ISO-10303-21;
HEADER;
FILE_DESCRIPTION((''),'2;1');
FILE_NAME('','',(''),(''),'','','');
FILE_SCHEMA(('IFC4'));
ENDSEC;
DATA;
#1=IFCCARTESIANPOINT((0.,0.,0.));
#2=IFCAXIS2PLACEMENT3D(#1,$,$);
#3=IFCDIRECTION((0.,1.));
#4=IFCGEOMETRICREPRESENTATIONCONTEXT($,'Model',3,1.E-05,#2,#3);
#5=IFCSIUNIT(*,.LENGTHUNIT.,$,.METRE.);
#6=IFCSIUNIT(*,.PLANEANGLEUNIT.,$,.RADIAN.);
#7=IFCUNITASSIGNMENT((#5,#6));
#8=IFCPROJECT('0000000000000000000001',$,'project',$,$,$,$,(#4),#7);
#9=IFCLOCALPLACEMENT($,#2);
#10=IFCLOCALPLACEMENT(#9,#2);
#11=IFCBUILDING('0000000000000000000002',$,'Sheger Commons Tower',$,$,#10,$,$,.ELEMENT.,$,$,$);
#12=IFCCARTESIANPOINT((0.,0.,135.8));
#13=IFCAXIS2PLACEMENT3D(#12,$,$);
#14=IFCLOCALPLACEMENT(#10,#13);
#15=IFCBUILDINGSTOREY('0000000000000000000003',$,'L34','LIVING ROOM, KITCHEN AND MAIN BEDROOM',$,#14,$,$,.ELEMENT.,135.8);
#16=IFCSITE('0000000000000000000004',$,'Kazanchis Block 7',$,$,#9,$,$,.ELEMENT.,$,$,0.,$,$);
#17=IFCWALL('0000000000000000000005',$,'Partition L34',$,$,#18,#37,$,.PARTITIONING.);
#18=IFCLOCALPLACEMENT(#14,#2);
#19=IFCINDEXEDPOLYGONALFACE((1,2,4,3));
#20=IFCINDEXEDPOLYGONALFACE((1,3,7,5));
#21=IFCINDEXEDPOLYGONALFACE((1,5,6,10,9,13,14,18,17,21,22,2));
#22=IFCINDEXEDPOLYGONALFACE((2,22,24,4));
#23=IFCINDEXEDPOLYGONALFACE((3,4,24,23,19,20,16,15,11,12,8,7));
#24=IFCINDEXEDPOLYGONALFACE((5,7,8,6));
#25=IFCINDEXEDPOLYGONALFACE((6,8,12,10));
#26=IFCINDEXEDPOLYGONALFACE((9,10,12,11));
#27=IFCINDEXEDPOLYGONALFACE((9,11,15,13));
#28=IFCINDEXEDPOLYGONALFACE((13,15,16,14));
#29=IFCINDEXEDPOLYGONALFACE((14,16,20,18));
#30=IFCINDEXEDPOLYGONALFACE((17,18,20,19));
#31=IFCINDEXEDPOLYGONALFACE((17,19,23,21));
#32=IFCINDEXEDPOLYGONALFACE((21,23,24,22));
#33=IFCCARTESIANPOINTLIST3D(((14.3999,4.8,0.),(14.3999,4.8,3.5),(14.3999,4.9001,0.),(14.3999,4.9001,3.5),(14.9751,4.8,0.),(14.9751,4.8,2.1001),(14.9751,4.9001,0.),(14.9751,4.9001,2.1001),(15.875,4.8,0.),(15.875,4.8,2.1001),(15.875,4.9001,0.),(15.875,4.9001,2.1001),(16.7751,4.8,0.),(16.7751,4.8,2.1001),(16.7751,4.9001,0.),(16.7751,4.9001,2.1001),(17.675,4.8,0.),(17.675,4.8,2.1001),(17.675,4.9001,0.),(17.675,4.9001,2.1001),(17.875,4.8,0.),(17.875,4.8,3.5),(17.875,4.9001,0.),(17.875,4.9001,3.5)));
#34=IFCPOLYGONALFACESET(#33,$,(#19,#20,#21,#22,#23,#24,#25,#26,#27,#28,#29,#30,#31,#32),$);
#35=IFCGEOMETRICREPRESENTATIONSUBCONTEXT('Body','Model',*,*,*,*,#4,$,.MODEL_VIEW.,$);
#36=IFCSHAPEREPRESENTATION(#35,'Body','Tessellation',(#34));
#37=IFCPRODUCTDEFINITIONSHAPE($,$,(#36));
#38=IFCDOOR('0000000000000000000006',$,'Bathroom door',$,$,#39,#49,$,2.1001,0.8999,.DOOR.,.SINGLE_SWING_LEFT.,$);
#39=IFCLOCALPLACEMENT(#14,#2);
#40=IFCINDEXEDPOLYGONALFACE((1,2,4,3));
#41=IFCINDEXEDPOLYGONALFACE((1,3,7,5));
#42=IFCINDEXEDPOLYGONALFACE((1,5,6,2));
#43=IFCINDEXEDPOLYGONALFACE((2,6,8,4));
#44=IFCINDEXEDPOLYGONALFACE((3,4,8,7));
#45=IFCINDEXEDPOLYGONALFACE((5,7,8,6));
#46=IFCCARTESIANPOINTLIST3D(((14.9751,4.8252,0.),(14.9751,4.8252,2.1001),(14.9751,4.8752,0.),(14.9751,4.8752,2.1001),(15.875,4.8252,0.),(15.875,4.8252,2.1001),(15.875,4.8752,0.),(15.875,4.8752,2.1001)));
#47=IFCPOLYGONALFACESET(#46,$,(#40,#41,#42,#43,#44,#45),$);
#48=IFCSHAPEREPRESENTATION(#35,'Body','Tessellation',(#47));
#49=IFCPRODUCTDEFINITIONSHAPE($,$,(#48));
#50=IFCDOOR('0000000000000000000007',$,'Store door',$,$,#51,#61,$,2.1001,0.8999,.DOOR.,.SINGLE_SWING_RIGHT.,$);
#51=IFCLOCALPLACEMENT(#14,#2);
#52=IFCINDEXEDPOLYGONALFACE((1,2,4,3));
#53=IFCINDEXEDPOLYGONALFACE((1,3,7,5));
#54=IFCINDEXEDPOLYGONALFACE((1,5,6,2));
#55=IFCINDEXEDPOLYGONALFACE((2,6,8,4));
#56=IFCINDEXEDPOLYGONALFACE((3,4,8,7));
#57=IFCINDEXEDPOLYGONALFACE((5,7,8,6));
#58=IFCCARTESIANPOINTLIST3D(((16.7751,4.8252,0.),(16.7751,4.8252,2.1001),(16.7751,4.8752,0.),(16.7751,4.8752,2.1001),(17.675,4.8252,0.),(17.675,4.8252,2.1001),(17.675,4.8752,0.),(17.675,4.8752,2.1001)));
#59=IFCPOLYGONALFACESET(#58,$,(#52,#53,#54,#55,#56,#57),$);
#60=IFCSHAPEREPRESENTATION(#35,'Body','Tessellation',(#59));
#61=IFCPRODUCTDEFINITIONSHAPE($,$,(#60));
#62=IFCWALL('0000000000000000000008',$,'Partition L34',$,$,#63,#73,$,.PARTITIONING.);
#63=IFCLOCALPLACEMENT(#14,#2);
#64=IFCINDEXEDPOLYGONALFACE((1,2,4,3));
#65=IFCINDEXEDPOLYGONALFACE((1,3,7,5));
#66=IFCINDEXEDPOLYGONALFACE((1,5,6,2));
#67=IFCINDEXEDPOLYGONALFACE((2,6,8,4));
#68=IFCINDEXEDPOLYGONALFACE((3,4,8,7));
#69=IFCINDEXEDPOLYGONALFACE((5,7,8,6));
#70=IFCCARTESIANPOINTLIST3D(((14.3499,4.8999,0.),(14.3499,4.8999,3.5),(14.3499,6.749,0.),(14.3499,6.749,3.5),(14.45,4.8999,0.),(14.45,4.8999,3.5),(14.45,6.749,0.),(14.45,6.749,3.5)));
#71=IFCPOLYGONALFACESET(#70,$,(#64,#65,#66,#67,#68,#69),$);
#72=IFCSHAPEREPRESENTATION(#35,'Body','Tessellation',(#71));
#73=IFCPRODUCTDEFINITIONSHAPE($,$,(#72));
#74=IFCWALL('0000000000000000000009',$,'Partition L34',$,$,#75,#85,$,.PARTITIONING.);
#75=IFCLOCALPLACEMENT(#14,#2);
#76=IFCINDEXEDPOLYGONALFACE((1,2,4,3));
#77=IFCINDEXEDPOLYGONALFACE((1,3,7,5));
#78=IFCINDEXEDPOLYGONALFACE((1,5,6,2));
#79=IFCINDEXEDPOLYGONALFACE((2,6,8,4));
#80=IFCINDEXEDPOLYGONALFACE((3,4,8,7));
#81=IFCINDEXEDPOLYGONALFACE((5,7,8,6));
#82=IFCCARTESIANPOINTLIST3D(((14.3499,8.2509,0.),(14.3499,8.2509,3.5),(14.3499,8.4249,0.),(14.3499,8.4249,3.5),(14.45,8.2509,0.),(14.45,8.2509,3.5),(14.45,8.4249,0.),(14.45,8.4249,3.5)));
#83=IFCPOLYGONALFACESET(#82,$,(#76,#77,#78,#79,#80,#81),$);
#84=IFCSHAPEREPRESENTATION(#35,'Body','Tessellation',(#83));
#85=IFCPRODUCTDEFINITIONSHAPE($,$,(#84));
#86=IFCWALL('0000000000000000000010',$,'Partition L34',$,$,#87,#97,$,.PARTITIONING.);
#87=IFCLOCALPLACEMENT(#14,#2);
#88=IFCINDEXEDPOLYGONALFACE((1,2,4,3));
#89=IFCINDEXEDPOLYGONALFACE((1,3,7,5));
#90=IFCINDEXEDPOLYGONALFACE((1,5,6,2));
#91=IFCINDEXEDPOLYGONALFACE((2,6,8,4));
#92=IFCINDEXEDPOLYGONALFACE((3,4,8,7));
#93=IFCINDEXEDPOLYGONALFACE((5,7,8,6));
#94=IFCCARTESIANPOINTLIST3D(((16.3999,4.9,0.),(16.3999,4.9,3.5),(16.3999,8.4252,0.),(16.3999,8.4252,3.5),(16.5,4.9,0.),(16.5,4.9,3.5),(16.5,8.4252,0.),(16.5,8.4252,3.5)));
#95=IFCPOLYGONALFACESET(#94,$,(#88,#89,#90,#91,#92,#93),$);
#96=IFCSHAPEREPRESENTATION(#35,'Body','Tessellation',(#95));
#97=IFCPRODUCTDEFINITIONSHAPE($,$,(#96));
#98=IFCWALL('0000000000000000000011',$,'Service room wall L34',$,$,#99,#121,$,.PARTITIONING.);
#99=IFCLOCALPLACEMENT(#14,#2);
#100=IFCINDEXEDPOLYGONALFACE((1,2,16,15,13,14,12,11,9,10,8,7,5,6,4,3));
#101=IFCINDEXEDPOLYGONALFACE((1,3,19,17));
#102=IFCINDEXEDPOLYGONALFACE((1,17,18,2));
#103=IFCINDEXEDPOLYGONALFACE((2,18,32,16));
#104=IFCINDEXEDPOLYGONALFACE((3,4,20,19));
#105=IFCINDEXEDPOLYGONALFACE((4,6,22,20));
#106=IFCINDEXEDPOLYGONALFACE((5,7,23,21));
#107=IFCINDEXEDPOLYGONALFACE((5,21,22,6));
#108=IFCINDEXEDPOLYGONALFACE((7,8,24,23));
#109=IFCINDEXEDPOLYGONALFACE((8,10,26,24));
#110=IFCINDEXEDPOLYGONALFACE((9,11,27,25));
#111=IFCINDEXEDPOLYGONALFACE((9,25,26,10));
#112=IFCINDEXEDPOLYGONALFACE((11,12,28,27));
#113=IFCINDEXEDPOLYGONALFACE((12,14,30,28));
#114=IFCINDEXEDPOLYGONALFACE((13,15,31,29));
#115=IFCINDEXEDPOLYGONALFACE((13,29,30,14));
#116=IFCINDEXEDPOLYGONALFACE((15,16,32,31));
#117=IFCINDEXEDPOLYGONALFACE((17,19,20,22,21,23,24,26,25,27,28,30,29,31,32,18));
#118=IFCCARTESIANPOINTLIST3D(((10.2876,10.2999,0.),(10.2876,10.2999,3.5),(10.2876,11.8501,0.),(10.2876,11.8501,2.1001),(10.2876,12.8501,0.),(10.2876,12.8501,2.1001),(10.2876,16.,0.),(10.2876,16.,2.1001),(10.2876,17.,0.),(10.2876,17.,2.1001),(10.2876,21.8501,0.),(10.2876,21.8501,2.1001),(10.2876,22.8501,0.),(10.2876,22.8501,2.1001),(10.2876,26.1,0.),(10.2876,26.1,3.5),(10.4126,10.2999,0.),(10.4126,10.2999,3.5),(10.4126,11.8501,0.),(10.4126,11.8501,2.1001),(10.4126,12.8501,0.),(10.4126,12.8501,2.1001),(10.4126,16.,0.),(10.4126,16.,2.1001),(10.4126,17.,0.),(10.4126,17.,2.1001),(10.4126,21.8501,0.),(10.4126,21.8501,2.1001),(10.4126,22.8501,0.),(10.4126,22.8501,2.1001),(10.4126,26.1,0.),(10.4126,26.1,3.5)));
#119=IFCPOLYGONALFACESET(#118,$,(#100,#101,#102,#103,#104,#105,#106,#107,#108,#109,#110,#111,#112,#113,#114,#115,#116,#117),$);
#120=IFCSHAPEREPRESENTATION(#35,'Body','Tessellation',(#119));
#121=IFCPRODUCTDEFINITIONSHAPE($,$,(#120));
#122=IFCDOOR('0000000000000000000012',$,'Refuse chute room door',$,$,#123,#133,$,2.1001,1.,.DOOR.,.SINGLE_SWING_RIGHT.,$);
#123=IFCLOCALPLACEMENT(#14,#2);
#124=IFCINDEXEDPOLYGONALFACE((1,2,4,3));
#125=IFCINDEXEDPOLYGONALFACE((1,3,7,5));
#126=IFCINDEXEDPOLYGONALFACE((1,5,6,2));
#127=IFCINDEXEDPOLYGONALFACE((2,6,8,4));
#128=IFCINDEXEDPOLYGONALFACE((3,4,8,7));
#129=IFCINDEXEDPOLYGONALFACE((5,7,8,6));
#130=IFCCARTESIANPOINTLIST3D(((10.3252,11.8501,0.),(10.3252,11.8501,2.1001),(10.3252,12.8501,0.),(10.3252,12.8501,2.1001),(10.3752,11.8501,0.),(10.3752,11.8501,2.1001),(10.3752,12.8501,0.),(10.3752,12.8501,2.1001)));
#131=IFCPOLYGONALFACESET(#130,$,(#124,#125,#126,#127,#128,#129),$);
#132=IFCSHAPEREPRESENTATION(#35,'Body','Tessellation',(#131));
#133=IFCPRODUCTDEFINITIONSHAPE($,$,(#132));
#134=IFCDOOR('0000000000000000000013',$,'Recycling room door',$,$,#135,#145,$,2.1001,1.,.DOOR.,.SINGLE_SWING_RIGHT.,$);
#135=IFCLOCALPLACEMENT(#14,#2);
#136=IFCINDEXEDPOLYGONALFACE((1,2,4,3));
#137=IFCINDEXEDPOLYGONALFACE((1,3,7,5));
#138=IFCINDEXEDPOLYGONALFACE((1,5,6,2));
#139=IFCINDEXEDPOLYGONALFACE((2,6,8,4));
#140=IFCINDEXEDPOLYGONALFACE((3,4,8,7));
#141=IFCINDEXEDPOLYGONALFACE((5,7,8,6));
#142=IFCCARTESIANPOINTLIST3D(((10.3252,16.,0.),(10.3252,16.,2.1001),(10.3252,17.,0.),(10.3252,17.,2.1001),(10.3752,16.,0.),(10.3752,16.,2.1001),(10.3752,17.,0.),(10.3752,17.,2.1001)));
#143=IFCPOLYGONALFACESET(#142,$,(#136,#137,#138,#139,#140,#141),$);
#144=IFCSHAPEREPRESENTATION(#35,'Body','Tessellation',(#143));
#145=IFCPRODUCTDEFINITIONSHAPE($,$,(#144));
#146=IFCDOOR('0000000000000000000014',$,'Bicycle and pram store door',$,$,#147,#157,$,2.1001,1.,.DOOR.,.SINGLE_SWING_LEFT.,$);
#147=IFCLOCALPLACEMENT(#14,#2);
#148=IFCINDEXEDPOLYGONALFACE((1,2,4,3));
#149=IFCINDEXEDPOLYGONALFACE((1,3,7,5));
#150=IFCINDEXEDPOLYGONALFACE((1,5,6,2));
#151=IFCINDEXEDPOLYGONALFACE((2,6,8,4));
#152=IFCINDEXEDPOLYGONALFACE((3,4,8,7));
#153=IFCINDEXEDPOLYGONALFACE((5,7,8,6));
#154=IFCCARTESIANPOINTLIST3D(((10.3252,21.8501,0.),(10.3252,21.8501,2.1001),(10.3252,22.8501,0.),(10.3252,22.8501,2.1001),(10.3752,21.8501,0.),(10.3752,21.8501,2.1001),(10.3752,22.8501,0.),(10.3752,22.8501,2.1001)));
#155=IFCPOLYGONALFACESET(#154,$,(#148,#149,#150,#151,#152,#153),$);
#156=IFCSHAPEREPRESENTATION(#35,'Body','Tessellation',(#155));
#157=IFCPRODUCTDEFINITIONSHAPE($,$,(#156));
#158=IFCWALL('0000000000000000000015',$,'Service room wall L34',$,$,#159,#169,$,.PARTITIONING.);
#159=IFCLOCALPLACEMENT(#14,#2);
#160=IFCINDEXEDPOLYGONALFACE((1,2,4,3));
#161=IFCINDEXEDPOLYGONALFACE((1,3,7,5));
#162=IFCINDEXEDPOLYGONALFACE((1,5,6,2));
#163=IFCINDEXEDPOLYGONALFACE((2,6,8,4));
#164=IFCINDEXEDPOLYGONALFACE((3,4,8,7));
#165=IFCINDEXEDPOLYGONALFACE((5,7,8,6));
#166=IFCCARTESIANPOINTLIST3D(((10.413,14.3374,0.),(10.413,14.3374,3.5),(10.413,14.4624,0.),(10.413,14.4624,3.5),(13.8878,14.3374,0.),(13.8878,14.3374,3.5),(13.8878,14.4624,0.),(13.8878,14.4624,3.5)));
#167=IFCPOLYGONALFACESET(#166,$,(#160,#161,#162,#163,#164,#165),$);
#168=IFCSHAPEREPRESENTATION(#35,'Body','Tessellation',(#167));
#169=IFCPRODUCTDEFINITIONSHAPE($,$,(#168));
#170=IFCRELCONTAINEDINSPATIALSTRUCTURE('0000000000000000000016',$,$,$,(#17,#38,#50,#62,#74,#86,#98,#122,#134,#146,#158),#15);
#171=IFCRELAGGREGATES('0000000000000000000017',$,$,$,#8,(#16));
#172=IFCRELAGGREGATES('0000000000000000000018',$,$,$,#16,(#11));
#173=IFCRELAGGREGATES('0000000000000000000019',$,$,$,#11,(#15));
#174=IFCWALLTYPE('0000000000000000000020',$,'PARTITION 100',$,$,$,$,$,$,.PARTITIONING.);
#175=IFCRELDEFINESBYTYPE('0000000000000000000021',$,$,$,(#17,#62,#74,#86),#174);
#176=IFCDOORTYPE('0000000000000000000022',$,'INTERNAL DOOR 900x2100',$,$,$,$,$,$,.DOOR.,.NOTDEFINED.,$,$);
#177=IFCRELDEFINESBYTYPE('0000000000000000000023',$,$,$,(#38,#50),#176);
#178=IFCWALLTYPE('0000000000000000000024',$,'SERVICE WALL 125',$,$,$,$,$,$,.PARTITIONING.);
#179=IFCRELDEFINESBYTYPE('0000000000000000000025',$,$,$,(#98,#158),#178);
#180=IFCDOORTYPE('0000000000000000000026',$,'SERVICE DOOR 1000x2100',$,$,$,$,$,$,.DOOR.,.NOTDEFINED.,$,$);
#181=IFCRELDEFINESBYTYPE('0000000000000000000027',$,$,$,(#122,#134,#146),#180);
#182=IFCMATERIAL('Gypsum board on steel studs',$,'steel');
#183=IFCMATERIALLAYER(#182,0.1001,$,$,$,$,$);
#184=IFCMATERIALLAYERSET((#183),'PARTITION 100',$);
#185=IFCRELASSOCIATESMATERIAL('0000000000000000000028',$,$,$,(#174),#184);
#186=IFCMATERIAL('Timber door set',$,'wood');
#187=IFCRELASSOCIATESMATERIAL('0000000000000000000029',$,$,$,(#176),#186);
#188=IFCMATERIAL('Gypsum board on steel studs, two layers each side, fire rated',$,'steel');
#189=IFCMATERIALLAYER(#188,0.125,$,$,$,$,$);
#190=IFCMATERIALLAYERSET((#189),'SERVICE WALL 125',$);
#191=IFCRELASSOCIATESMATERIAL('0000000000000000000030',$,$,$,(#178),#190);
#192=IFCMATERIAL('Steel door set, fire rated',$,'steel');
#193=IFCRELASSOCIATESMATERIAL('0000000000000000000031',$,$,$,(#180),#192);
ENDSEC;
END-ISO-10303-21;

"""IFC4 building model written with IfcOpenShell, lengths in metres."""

from ifc_helpers import new_model, si_unit, direction, frame, frame_2d, origin, place, context, subcontext, project, spatial, rectangle, extrude, material, layer, layer_set, type_object, element, fill, save


model = new_model("IFC4")

# Units and contexts
model_context = context("Model", 3, precision=1e-05, world=origin(), true_north=direction((0.0, 1.0)))
body_context = subcontext(model_context, "Body", "Model", "MODEL_VIEW")
ifc_project = project(units=[si_unit("LENGTHUNIT", "METRE"), si_unit("PLANEANGLEUNIT", "RADIAN")], contexts=[model_context])

# Site, building, storey
site_placement = place(None, origin())
site = spatial("IfcSite", under=ifc_project, at=site_placement, Name="Kazanchis Block 7", CompositionType="ELEMENT", RefElevation=0.0)
building_placement = place(site_placement, origin())
building = spatial("IfcBuilding", under=site, at=building_placement, Name="Sheger Commons Tower", CompositionType="ELEMENT")
storey_placement = place(building_placement, frame((0.0, 0.0, 135.8)))
storey = spatial("IfcBuildingStorey", under=building, at=storey_placement, Name="L34", Description="LIVING ROOM, KITCHEN AND MAIN BEDROOM", CompositionType="ELEMENT", Elevation=135.8)

# Shared definitions
ifc_material_1 = material(Name="Gypsum board on steel studs", Category="steel")
ifc_layer_1 = layer(ifc_material_1, 0.1001)
ifc_layer_set_1 = layer_set([ifc_layer_1], Name="PARTITION 100")
wall_type_1 = type_object("IfcWallType", Name="PARTITION 100", PredefinedType="PARTITIONING", material=ifc_layer_set_1)

# Shared definitions
ifc_material_2 = material(Name="Timber door set", Category="wood")
door_type_1 = type_object("IfcDoorType", Name="INTERNAL DOOR 900x2100", OperationType="NOTDEFINED", PredefinedType="DOOR", material=ifc_material_2)

# Wall, openings, doors
wall_1_placement = place(storey_placement, frame((17.875, 4.8501, 0.0), z_axis=(0.0, 0.0, 1.0), x_axis=(-1.0, 0.0, 0.0)))
wall_1 = element("IfcWall", 1, at=wall_1_placement, inside=storey, type_object=wall_type_1, Name="Partition L34", PredefinedType="PARTITIONING", context=body_context, shape_type="SweptSolid", body=[
    extrude(rectangle(XDim=3.4751, YDim=0.1001, at=frame_2d((1.7375, 0.0))), origin(), (0.0, 0.0, 1.0), 3.5),
])
opening_1_placement = place(wall_1_placement, frame((2.0, 0.0, 0.0)))
opening_1 = element("IfcOpeningElement", 2, at=opening_1_placement, cuts=wall_1, PredefinedType="OPENING", context=body_context, shape_type="SweptSolid", body=[
    extrude(rectangle(XDim=0.8999, YDim=2.1001, at=frame_2d((0.45, 1.05))), frame((0.0, 0.0601, 0.0), z_axis=(0.0, -1.0, 0.0), x_axis=(1.0, 0.0, 0.0)), (0.0, 0.0, 1.0), 0.1201),
])
opening_2_placement = place(wall_1_placement, frame((0.2, 0.0, 0.0)))
opening_2 = element("IfcOpeningElement", 3, at=opening_2_placement, cuts=wall_1, PredefinedType="OPENING", context=body_context, shape_type="SweptSolid", body=[
    extrude(rectangle(XDim=0.8999, YDim=2.1001, at=frame_2d((0.45, 1.05))), frame((0.0, 0.0601, 0.0), z_axis=(0.0, -1.0, 0.0), x_axis=(1.0, 0.0, 0.0)), (0.0, 0.0, 1.0), 0.1201),
])
door_1_placement = place(opening_1_placement, origin())
door_1 = element("IfcDoor", 4, at=door_1_placement, inside=storey, type_object=door_type_1, Name="Bathroom door", OperationType="SINGLE_SWING_LEFT", OverallHeight=2.1001, OverallWidth=0.8999, PredefinedType="DOOR", context=body_context, shape_type="SweptSolid", body=[
    extrude(rectangle(XDim=0.8999, YDim=2.1001, at=frame_2d((0.45, 1.05))), frame((0.0, 0.0249, 0.0), z_axis=(0.0, -1.0, 0.0), x_axis=(1.0, 0.0, 0.0)), (0.0, 0.0, 1.0), 0.05),
])
fill(opening_1, door_1)
door_2_placement = place(opening_2_placement, origin())
door_2 = element("IfcDoor", 5, at=door_2_placement, inside=storey, type_object=door_type_1, Name="Store door", OperationType="SINGLE_SWING_RIGHT", OverallHeight=2.1001, OverallWidth=0.8999, PredefinedType="DOOR", context=body_context, shape_type="SweptSolid", body=[
    extrude(rectangle(XDim=0.8999, YDim=2.1001, at=frame_2d((0.45, 1.05))), frame((0.0, 0.0249, 0.0), z_axis=(0.0, -1.0, 0.0), x_axis=(1.0, 0.0, 0.0)), (0.0, 0.0, 1.0), 0.05),
])
fill(opening_2, door_2)

# Walls
wall_2_placement = place(storey_placement, frame((14.3999, 4.8999, 0.0), z_axis=(0.0, 0.0, 1.0), x_axis=(0.0, 1.0, 0.0)))
element("IfcWall", 6, at=wall_2_placement, inside=storey, type_object=wall_type_1, Name="Partition L34", PredefinedType="PARTITIONING", context=body_context, shape_type="SweptSolid", body=[
    extrude(rectangle(XDim=1.8491, YDim=0.1001, at=frame_2d((0.9246, 0.0))), origin(), (0.0, 0.0, 1.0), 3.5),
])
wall_3_placement = place(storey_placement, frame((14.3999, 8.251, 0.0), z_axis=(0.0, 0.0, 1.0), x_axis=(0.0, 1.0, 0.0)))
element("IfcWall", 7, at=wall_3_placement, inside=storey, type_object=wall_type_1, Name="Partition L34", PredefinedType="PARTITIONING", context=body_context, shape_type="SweptSolid", body=[
    extrude(rectangle(XDim=0.1741, YDim=0.1001, at=frame_2d((0.0869, 0.0))), origin(), (0.0, 0.0, 1.0), 3.5),
])
wall_4_placement = place(storey_placement, frame((16.45, 4.8999, 0.0), z_axis=(0.0, 0.0, 1.0), x_axis=(0.0, 1.0, 0.0)))
element("IfcWall", 8, at=wall_4_placement, inside=storey, type_object=wall_type_1, Name="Partition L34", PredefinedType="PARTITIONING", context=body_context, shape_type="SweptSolid", body=[
    extrude(rectangle(XDim=3.5251, YDim=0.1001, at=frame_2d((1.7627, 0.0))), origin(), (0.0, 0.0, 1.0), 3.5),
])

# Wall, openings, doors
ifc_material_3 = material(Name="Gypsum board on steel studs, two layers each side, fire rated", Category="steel")
ifc_layer_2 = layer(ifc_material_3, 0.125)
ifc_layer_set_2 = layer_set([ifc_layer_2], Name="SERVICE WALL 125")
wall_type_2 = type_object("IfcWallType", Name="SERVICE WALL 125", PredefinedType="PARTITIONING", material=ifc_layer_set_2)
wall_5_placement = place(storey_placement, frame((10.3501, 10.3, 0.0), z_axis=(0.0, 0.0, 1.0), x_axis=(0.0, 1.0, 0.0)))
wall_5 = element("IfcWall", 9, at=wall_5_placement, inside=storey, type_object=wall_type_2, Name="Service room wall L34", PredefinedType="PARTITIONING", context=body_context, shape_type="SweptSolid", body=[
    extrude(rectangle(XDim=15.8, YDim=0.125, at=frame_2d((7.8999, 0.0))), origin(), (0.0, 0.0, 1.0), 3.5),
])
opening_3_placement = place(wall_5_placement, frame((1.55, 0.0, 0.0)))
opening_3 = element("IfcOpeningElement", 10, at=opening_3_placement, cuts=wall_5, PredefinedType="OPENING", context=body_context, shape_type="SweptSolid", body=[
    extrude(rectangle(XDim=1.0, YDim=2.1001, at=frame_2d((0.5, 1.05))), frame((0.0, 0.0725, 0.0), z_axis=(0.0, -1.0, 0.0), x_axis=(1.0, 0.0, 0.0)), (0.0, 0.0, 1.0), 0.145),
])
opening_4_placement = place(wall_5_placement, frame((5.7, 0.0, 0.0)))
opening_4 = element("IfcOpeningElement", 11, at=opening_4_placement, cuts=wall_5, PredefinedType="OPENING", context=body_context, shape_type="SweptSolid", body=[
    extrude(rectangle(XDim=1.0, YDim=2.1001, at=frame_2d((0.5, 1.05))), frame((0.0, 0.0725, 0.0), z_axis=(0.0, -1.0, 0.0), x_axis=(1.0, 0.0, 0.0)), (0.0, 0.0, 1.0), 0.145),
])
opening_5_placement = place(wall_5_placement, frame((11.55, 0.0, 0.0)))
opening_5 = element("IfcOpeningElement", 12, at=opening_5_placement, cuts=wall_5, PredefinedType="OPENING", context=body_context, shape_type="SweptSolid", body=[
    extrude(rectangle(XDim=1.0, YDim=2.1001, at=frame_2d((0.5, 1.05))), frame((0.0, 0.0725, 0.0), z_axis=(0.0, -1.0, 0.0), x_axis=(1.0, 0.0, 0.0)), (0.0, 0.0, 1.0), 0.145),
])
ifc_material_4 = material(Name="Steel door set, fire rated", Category="steel")
door_type_2 = type_object("IfcDoorType", Name="SERVICE DOOR 1000x2100", OperationType="NOTDEFINED", PredefinedType="DOOR", material=ifc_material_4)
door_3_placement = place(opening_3_placement, origin())
door_3 = element("IfcDoor", 13, at=door_3_placement, inside=storey, type_object=door_type_2, Name="Refuse chute room door", OperationType="SINGLE_SWING_RIGHT", OverallHeight=2.1001, OverallWidth=1.0, PredefinedType="DOOR", context=body_context, shape_type="SweptSolid", body=[
    extrude(rectangle(XDim=1.0, YDim=2.1001, at=frame_2d((0.5, 1.05))), frame((0.0, 0.0249, 0.0), z_axis=(0.0, -1.0, 0.0), x_axis=(1.0, 0.0, 0.0)), (0.0, 0.0, 1.0), 0.05),
])
fill(opening_3, door_3)
door_4_placement = place(opening_4_placement, origin())
door_4 = element("IfcDoor", 14, at=door_4_placement, inside=storey, type_object=door_type_2, Name="Recycling room door", OperationType="SINGLE_SWING_RIGHT", OverallHeight=2.1001, OverallWidth=1.0, PredefinedType="DOOR", context=body_context, shape_type="SweptSolid", body=[
    extrude(rectangle(XDim=1.0, YDim=2.1001, at=frame_2d((0.5, 1.05))), frame((0.0, 0.0249, 0.0), z_axis=(0.0, -1.0, 0.0), x_axis=(1.0, 0.0, 0.0)), (0.0, 0.0, 1.0), 0.05),
])
fill(opening_4, door_4)
door_5_placement = place(opening_5_placement, origin())
door_5 = element("IfcDoor", 15, at=door_5_placement, inside=storey, type_object=door_type_2, Name="Bicycle and pram store door", OperationType="SINGLE_SWING_LEFT", OverallHeight=2.1001, OverallWidth=1.0, PredefinedType="DOOR", context=body_context, shape_type="SweptSolid", body=[
    extrude(rectangle(XDim=1.0, YDim=2.1001, at=frame_2d((0.5, 1.05))), frame((0.0, 0.0249, 0.0), z_axis=(0.0, -1.0, 0.0), x_axis=(1.0, 0.0, 0.0)), (0.0, 0.0, 1.0), 0.05),
])
fill(opening_5, door_5)

# Wall
wall_6_placement = place(storey_placement, frame((10.4131, 14.3999, 0.0), z_axis=(0.0, 0.0, 1.0), x_axis=(1.0, 0.0, 0.0)))
element("IfcWall", 16, at=wall_6_placement, inside=storey, type_object=wall_type_2, Name="Service room wall L34", PredefinedType="PARTITIONING", context=body_context, shape_type="SweptSolid", body=[
    extrude(rectangle(XDim=3.4749, YDim=0.125, at=frame_2d((1.7373, 0.0))), origin(), (0.0, 0.0, 1.0), 3.5),
])

save(model, "model.ifc")
